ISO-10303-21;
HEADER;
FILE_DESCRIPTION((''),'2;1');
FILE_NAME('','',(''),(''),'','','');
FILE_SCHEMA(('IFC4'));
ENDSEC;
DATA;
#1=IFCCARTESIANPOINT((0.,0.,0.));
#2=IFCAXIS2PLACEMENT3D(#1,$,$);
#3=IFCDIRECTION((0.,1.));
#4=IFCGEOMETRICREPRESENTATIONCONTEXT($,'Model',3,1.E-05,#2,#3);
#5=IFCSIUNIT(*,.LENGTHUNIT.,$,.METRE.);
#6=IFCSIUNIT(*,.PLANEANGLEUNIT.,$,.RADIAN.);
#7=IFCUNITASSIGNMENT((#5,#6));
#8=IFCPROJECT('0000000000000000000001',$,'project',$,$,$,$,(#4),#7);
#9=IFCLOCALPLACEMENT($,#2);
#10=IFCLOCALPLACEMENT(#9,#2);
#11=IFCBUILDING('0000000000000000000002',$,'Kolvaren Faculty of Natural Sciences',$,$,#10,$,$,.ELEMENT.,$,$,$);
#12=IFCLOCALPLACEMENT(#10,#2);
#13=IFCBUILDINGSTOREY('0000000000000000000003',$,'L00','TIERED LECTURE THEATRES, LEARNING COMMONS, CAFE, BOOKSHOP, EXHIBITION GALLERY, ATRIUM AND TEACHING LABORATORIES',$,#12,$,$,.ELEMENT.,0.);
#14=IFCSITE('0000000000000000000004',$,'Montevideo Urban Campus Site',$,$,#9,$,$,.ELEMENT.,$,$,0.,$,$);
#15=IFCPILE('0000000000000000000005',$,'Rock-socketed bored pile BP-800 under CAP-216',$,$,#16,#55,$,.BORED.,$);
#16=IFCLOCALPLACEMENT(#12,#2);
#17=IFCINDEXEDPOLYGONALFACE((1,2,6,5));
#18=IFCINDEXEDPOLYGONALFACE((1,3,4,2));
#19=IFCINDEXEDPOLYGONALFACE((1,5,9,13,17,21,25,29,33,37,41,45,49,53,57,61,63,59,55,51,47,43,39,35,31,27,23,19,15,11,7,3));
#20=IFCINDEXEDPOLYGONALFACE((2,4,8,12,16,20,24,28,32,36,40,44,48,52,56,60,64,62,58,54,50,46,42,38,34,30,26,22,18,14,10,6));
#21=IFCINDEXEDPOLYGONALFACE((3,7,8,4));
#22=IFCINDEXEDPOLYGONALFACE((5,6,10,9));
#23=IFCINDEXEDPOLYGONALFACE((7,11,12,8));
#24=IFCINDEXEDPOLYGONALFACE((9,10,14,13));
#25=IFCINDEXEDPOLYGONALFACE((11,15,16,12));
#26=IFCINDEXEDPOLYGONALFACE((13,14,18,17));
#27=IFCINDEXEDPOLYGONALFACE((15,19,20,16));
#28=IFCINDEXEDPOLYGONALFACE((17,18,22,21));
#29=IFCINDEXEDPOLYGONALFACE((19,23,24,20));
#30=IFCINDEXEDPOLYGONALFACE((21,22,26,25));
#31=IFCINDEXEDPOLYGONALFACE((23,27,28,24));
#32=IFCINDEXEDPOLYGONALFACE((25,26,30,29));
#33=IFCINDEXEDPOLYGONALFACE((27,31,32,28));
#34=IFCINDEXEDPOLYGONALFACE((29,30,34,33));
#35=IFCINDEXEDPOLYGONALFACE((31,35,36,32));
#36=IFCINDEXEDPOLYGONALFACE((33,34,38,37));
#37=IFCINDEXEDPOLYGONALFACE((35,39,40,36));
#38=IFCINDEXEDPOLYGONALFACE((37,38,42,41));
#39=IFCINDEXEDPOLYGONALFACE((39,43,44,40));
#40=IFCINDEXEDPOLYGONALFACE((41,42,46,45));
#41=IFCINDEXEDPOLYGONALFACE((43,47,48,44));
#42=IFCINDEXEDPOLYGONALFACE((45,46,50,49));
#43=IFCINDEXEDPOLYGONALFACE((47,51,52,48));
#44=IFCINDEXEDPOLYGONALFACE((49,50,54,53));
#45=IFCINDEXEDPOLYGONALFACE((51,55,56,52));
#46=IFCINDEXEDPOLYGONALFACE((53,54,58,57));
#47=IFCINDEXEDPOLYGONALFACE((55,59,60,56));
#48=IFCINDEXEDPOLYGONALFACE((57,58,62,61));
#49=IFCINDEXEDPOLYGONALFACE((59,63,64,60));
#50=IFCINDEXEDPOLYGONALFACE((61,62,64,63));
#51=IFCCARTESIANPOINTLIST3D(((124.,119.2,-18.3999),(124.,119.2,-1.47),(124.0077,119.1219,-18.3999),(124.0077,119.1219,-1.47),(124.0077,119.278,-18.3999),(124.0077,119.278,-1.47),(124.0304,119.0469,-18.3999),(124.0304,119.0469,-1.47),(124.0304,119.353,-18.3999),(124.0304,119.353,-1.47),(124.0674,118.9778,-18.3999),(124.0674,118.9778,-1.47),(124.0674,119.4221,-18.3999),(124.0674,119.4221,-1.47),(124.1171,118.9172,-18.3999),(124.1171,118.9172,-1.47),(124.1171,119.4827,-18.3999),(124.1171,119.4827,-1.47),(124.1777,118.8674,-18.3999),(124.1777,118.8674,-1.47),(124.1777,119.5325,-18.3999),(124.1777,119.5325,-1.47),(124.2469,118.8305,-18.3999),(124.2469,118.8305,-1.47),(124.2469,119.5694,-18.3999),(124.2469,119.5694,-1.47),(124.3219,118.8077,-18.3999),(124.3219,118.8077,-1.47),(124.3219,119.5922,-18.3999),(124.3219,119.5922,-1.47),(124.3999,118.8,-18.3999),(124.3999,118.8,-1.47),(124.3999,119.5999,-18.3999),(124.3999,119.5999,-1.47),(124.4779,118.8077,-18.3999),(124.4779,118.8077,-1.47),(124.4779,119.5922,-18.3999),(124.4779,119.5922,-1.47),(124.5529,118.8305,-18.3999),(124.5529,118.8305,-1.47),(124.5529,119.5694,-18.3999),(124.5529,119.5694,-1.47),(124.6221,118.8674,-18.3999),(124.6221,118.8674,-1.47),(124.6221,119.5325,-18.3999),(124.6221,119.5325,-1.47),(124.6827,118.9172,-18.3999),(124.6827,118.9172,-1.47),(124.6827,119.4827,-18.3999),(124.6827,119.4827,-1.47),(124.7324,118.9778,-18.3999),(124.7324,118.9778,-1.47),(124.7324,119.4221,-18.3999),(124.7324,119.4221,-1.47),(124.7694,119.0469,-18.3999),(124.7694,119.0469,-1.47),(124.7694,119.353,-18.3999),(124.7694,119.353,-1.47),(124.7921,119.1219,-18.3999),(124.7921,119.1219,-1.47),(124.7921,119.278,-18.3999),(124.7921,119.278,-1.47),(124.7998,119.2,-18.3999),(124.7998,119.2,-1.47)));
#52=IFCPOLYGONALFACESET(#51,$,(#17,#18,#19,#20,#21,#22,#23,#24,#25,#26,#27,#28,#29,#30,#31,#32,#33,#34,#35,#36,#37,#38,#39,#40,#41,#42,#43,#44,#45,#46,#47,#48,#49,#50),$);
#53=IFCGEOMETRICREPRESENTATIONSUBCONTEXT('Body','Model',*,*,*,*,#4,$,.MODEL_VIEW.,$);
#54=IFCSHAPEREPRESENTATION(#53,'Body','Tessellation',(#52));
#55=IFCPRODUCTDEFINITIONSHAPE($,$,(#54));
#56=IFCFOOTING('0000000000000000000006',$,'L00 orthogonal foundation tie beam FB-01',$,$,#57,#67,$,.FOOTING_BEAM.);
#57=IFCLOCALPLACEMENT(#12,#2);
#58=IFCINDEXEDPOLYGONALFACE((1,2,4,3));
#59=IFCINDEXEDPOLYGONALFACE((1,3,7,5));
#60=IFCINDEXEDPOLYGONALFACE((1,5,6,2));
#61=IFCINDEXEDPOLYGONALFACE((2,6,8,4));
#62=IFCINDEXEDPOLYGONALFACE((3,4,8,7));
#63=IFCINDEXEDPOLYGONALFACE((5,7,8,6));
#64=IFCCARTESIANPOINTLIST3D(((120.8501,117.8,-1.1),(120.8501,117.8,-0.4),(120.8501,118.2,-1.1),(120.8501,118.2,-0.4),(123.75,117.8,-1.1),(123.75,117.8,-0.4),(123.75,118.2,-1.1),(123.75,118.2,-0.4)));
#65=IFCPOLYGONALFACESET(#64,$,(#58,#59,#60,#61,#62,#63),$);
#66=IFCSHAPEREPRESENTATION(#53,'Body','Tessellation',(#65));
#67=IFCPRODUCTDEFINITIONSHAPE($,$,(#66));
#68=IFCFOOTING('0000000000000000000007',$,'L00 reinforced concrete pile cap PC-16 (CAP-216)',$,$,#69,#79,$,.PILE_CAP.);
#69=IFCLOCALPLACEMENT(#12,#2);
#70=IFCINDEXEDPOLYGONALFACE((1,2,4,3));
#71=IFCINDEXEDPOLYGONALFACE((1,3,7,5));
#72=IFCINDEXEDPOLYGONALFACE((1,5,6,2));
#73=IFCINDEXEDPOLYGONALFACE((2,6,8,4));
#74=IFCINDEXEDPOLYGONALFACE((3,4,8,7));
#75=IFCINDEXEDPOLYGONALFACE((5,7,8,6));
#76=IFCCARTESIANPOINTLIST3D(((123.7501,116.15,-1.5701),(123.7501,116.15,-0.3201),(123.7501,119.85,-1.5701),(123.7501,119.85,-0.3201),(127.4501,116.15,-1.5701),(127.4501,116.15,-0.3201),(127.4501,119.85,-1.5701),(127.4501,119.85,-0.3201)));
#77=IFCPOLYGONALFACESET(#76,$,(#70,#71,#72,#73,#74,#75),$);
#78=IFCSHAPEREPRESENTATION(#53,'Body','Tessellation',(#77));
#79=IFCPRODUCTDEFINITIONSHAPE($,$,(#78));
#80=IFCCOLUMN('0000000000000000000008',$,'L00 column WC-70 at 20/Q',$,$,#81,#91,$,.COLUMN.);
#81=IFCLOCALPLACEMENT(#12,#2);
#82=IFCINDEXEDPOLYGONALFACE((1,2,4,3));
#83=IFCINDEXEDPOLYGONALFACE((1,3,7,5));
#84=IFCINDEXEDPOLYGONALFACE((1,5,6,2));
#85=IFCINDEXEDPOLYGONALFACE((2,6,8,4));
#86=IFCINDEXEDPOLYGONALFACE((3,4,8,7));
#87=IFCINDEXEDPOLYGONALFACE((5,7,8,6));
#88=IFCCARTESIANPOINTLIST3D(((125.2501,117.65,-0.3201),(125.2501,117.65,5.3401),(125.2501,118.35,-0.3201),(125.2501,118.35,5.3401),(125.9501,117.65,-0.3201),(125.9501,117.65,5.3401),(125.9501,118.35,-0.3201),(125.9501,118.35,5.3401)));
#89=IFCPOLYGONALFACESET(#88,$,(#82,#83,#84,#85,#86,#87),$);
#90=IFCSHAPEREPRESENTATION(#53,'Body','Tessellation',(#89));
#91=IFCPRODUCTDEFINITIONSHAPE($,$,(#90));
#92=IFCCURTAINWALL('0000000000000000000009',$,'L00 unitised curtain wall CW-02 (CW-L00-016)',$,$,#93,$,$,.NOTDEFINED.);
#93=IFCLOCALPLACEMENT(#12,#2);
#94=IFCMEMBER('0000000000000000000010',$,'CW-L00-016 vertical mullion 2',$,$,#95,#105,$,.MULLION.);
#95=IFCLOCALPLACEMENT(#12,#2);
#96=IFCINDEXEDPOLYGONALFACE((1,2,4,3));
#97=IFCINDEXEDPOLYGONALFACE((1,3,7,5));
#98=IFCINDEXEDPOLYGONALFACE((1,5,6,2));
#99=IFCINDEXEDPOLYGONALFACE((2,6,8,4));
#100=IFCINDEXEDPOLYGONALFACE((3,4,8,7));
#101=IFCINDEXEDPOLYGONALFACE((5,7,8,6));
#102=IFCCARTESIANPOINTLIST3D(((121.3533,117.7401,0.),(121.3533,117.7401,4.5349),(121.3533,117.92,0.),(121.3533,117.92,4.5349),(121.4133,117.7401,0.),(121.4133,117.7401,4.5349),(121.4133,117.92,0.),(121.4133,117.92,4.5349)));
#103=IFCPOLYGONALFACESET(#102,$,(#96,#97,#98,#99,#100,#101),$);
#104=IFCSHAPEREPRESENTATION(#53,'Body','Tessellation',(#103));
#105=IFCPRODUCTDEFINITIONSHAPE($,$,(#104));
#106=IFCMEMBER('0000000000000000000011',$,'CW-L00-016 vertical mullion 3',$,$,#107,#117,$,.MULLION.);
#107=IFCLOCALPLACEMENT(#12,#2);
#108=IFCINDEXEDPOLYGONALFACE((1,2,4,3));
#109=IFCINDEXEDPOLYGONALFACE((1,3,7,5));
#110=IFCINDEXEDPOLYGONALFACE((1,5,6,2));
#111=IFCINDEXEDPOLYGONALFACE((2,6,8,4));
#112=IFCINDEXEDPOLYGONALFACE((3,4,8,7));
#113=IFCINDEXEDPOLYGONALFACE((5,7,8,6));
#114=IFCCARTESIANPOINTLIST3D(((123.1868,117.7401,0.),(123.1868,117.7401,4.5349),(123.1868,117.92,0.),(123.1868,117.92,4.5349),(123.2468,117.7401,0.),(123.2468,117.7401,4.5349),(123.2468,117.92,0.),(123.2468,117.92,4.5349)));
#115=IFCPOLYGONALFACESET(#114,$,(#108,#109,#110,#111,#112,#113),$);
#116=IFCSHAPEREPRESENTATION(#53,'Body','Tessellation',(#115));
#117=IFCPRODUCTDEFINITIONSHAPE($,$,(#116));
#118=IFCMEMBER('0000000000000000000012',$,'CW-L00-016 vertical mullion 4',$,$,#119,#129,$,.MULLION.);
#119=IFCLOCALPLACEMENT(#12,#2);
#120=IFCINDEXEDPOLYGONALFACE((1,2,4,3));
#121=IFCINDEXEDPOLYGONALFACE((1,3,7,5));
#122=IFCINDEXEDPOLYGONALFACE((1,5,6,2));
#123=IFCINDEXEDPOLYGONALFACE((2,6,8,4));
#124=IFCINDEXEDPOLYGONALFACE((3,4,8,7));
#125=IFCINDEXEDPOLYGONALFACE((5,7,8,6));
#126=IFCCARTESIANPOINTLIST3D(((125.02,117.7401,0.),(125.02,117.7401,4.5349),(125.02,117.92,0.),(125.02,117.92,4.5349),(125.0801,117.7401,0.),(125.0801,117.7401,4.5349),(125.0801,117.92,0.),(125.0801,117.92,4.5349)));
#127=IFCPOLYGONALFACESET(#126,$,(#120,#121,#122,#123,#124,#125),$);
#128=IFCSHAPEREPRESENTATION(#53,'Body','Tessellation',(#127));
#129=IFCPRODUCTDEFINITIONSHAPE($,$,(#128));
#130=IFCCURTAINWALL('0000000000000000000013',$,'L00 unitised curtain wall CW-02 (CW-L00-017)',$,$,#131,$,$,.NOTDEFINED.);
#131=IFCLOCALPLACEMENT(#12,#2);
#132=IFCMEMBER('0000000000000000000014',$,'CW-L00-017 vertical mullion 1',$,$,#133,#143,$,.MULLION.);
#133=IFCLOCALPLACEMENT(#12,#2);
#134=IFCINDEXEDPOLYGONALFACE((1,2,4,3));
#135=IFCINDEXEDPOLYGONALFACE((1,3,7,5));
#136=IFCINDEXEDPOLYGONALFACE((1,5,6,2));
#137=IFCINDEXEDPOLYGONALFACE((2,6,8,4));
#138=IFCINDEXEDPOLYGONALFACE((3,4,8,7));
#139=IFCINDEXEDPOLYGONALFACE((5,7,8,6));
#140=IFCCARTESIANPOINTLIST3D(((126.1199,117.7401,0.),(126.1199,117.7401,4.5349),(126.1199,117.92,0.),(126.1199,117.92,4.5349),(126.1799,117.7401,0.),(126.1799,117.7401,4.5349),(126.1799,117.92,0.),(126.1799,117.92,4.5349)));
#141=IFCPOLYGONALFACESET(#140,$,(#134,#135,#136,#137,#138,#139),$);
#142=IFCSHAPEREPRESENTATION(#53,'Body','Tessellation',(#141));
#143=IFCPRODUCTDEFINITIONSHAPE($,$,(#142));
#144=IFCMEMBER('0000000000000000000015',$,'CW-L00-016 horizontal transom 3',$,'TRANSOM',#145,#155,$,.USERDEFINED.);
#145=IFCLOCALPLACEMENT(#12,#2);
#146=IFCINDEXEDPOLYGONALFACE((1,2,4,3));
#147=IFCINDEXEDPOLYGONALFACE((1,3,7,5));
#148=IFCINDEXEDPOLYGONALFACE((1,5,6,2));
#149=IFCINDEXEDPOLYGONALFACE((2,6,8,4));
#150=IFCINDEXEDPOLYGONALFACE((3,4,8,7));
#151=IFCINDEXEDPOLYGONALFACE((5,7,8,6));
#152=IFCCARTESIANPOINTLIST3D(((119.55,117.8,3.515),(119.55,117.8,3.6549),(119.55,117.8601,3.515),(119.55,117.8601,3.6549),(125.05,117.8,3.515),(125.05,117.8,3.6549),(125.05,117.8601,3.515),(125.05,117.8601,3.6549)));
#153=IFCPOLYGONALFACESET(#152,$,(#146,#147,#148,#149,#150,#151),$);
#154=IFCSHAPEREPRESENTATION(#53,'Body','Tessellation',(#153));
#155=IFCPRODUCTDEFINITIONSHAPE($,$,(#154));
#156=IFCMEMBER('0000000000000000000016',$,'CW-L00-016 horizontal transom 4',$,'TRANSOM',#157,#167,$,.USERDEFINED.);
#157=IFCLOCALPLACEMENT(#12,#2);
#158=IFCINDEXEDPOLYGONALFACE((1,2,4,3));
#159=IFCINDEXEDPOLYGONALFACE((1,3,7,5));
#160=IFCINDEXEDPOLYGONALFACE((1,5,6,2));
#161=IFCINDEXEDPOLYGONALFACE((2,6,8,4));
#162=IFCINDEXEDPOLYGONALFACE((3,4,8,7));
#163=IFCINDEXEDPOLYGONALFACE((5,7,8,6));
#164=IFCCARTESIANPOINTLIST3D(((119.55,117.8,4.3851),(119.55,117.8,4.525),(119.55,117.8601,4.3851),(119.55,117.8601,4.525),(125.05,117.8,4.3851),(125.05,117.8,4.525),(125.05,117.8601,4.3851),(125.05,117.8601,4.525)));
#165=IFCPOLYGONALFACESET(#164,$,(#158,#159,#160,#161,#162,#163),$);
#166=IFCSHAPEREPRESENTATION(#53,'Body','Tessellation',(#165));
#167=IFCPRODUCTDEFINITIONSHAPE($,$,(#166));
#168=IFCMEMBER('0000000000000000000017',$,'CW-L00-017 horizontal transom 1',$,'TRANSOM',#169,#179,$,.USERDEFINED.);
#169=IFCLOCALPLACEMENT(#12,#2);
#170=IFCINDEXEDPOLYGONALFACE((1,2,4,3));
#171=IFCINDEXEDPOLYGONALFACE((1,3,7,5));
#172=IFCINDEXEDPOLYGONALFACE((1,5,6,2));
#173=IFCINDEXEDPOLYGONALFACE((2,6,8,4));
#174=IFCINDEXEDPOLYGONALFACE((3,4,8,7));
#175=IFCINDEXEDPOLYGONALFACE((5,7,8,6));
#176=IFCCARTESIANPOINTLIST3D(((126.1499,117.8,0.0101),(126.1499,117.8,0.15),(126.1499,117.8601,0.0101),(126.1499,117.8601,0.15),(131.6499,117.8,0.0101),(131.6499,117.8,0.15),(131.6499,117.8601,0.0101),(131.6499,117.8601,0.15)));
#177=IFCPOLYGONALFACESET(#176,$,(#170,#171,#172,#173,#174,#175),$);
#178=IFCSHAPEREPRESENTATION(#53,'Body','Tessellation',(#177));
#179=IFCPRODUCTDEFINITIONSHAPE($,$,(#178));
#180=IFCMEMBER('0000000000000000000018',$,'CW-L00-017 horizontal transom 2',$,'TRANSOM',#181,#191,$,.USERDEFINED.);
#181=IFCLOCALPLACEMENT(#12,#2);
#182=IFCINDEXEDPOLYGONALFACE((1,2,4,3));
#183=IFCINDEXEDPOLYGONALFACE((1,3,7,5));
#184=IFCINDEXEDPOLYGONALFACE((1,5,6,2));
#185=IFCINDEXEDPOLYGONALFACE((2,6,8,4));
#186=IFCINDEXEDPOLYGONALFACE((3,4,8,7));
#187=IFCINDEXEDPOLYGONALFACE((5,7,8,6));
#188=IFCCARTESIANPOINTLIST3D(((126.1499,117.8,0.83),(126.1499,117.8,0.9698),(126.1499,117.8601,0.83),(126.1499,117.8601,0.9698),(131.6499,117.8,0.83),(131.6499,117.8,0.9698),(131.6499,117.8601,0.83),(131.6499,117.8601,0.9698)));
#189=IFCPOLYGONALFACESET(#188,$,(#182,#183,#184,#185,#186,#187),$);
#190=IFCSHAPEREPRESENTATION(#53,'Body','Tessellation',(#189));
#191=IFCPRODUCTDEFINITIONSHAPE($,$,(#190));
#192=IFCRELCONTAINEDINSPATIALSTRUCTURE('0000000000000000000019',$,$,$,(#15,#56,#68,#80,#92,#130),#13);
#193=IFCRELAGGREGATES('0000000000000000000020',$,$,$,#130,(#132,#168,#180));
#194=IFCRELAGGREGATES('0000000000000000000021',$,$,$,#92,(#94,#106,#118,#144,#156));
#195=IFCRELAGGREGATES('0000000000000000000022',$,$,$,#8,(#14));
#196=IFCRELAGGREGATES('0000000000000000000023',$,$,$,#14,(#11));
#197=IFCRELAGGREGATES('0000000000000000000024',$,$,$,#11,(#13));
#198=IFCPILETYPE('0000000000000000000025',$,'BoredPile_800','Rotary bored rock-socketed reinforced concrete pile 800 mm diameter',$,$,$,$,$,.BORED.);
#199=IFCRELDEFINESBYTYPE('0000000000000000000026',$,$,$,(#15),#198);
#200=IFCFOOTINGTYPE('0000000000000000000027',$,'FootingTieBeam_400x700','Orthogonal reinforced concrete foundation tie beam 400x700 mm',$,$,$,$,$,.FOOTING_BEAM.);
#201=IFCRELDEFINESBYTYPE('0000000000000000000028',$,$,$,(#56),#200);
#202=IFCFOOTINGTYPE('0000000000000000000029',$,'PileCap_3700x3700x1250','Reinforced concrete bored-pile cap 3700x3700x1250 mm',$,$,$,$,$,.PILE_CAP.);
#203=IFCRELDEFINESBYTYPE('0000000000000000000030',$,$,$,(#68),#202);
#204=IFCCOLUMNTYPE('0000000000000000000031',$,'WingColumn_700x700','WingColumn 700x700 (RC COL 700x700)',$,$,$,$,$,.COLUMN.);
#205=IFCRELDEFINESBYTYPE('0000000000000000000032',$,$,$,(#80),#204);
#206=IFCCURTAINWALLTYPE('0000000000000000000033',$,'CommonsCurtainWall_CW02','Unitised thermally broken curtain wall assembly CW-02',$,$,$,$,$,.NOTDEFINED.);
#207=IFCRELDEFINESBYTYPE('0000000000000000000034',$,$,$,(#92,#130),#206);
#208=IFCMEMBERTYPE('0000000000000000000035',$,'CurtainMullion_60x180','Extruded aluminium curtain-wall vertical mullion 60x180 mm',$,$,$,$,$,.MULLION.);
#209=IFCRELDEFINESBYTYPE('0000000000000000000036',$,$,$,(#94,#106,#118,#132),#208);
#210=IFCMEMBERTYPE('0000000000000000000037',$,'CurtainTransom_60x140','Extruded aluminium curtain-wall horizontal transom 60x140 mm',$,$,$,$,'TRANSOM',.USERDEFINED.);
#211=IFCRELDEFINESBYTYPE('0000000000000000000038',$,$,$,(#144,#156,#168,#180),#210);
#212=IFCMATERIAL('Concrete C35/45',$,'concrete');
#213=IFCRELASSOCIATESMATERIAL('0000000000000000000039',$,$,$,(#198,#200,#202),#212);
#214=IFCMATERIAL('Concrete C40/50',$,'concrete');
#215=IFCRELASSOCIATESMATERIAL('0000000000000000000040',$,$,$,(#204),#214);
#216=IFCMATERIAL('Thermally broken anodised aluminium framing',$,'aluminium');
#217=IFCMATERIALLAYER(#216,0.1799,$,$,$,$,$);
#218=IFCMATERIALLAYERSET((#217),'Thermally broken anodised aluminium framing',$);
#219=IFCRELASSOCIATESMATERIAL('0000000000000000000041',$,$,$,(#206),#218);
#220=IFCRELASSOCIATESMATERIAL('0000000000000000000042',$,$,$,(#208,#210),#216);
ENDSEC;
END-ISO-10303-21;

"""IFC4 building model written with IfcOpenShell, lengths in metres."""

from ifc_helpers import new_model, si_unit, direction, frame, origin, origin_2d, place, context, subcontext, project, spatial, rectangle, circle, extrude, material, layer, layer_set, material_profile, profile_set, type_object, element, aggregate, save


model = new_model("IFC4")

# Units and contexts
model_context = context("Model", 3, precision=1e-05, world=origin(), true_north=direction((0.0, 1.0)))
body_context = subcontext(model_context, "Body", "Model", "MODEL_VIEW")
ifc_project = project(units=[si_unit("LENGTHUNIT", "METRE"), si_unit("PLANEANGLEUNIT", "RADIAN")], contexts=[model_context])

# Site, building, storey
site_placement = place(None, origin())
site = spatial("IfcSite", under=ifc_project, at=site_placement, Name="Montevideo Urban Campus Site", CompositionType="ELEMENT", RefElevation=0.0)
building_placement = place(site_placement, origin())
building = spatial("IfcBuilding", under=site, at=building_placement, Name="Kolvaren Faculty of Natural Sciences", CompositionType="ELEMENT")
storey_placement = place(building_placement, origin())
storey = spatial("IfcBuildingStorey", under=building, at=storey_placement, Name="L00", Description="TIERED LECTURE THEATRES, LEARNING COMMONS, CAFE, BOOKSHOP, EXHIBITION GALLERY, ATRIUM AND TEACHING LABORATORIES", CompositionType="ELEMENT", Elevation=0.0)

# Pile
ifc_material_1 = material(Name="Concrete C35/45", Category="concrete")
ifc_material_profile_1 = material_profile(ifc_material_1, circle(Radius=0.3999, at=origin_2d()), Name="PILE D800")
ifc_profile_set_1 = profile_set([ifc_material_profile_1], Name="Concrete C35/45")
pile_type = type_object("IfcPileType", Name="BoredPile_800", Description="Rotary bored rock-socketed reinforced concrete pile 800 mm diameter", PredefinedType="BORED", material=ifc_profile_set_1)
pile_placement = place(storey_placement, frame((124.3999, 119.2, -1.47), z_axis=(0.0, 0.0, -1.0), x_axis=(1.0, 0.0, 0.0)))
element("IfcPile", 1, at=pile_placement, inside=storey, type_object=pile_type, Name="Rock-socketed bored pile BP-800 under CAP-216", PredefinedType="BORED", context=body_context, shape_type="SweptSolid", body=[
    extrude(circle(Radius=0.3999, at=origin_2d()), origin(), (0.0, 0.0, 1.0), 16.9299),
])

# Footings
ifc_material_profile_2 = material_profile(ifc_material_1, rectangle(XDim=0.3999, YDim=0.7, at=origin_2d()), Name="RC FB 400x700")
ifc_profile_set_2 = profile_set([ifc_material_profile_2], Name="Concrete C35/45")
footing_type_1 = type_object("IfcFootingType", Name="FootingTieBeam_400x700", Description="Orthogonal reinforced concrete foundation tie beam 400x700 mm", PredefinedType="FOOTING_BEAM", material=ifc_profile_set_2)
footing_1_placement = place(storey_placement, frame((120.8501, 118.0, -0.75), z_axis=(1.0, 0.0, 0.0), x_axis=(0.0, 1.0, 0.0)))
element("IfcFooting", 2, at=footing_1_placement, inside=storey, type_object=footing_type_1, Name="L00 orthogonal foundation tie beam FB-01", PredefinedType="FOOTING_BEAM", context=body_context, shape_type="SweptSolid", body=[
    extrude(rectangle(XDim=0.3999, YDim=0.7, at=origin_2d()), origin(), (0.0, 0.0, 1.0), 2.8999),
])
footing_type_2 = type_object("IfcFootingType", Name="PileCap_3700x3700x1250", Description="Reinforced concrete bored-pile cap 3700x3700x1250 mm", PredefinedType="PILE_CAP", material=ifc_material_1)
footing_2_placement = place(storey_placement, frame((125.6001, 118.0, -1.5701), z_axis=(0.0, 0.0, 1.0), x_axis=(1.0, 0.0, 0.0)))
element("IfcFooting", 3, at=footing_2_placement, inside=storey, type_object=footing_type_2, Name="L00 reinforced concrete pile cap PC-16 (CAP-216)", PredefinedType="PILE_CAP", context=body_context, shape_type="SweptSolid", body=[
    extrude(rectangle(XDim=3.7, YDim=3.7, at=origin_2d()), origin(), (0.0, 0.0, 1.0), 1.25),
])

# Column
ifc_material_2 = material(Name="Concrete C40/50", Category="concrete")
ifc_material_profile_3 = material_profile(ifc_material_2, rectangle(XDim=0.7, YDim=0.7, at=origin_2d()), Name="RC COL 700x700")
ifc_profile_set_3 = profile_set([ifc_material_profile_3], Name="Concrete C40/50")
column_type = type_object("IfcColumnType", Name="WingColumn_700x700", Description="WingColumn 700x700 (RC COL 700x700)", PredefinedType="COLUMN", material=ifc_profile_set_3)
column_placement = place(storey_placement, frame((125.6001, 118.0, -0.3201), z_axis=(0.0, 0.0, 1.0), x_axis=(1.0, 0.0, 0.0)))
element("IfcColumn", 4, at=column_placement, inside=storey, type_object=column_type, Name="L00 column WC-70 at 20/Q", PredefinedType="COLUMN", context=body_context, shape_type="SweptSolid", body=[
    extrude(rectangle(XDim=0.7, YDim=0.7, at=origin_2d()), origin(), (0.0, 0.0, 1.0), 5.6602),
])

# Curtain wall, members
ifc_material_3 = material(Name="Thermally broken anodised aluminium framing", Category="aluminium")
ifc_layer_1 = layer(ifc_material_3, 0.1799)
ifc_layer_set_1 = layer_set([ifc_layer_1], Name="Thermally broken anodised aluminium framing")
curtain_wall_type = type_object("IfcCurtainWallType", Name="CommonsCurtainWall_CW02", Description="Unitised thermally broken curtain wall assembly CW-02", PredefinedType="NOTDEFINED", material=ifc_layer_set_1)
curtain_wall_1_placement = place(storey_placement, origin())
curtain_wall_1 = element("IfcCurtainWall", 5, at=curtain_wall_1_placement, inside=storey, type_object=curtain_wall_type, Name="L00 unitised curtain wall CW-02 (CW-L00-016)", PredefinedType="NOTDEFINED")
ifc_material_profile_4 = material_profile(ifc_material_3, rectangle(XDim=0.0601, YDim=0.1799, at=origin_2d()), Name="ALU MUL 60x180")
ifc_profile_set_4 = profile_set([ifc_material_profile_4], Name="Thermally broken anodised aluminium framing")
member_type_1 = type_object("IfcMemberType", Name="CurtainMullion_60x180", Description="Extruded aluminium curtain-wall vertical mullion 60x180 mm", PredefinedType="MULLION", material=ifc_profile_set_4)
member_1_placement = place(storey_placement, frame((121.3833, 117.8301, 0.0), z_axis=(0.0, 0.0, 1.0), x_axis=(1.0, 0.0, 0.0)))
member_1 = element("IfcMember", 6, at=member_1_placement, type_object=member_type_1, Name="CW-L00-016 vertical mullion 2", PredefinedType="MULLION", context=body_context, shape_type="SweptSolid", body=[
    extrude(rectangle(XDim=0.0601, YDim=0.1799, at=origin_2d()), origin(), (0.0, 0.0, 1.0), 4.5349),
])
member_2_placement = place(storey_placement, frame((123.2168, 117.8301, 0.0), z_axis=(0.0, 0.0, 1.0), x_axis=(1.0, 0.0, 0.0)))
member_2 = element("IfcMember", 7, at=member_2_placement, type_object=member_type_1, Name="CW-L00-016 vertical mullion 3", PredefinedType="MULLION", context=body_context, shape_type="SweptSolid", body=[
    extrude(rectangle(XDim=0.0601, YDim=0.1799, at=origin_2d()), origin(), (0.0, 0.0, 1.0), 4.5349),
])
member_3_placement = place(storey_placement, frame((125.05, 117.8301, 0.0), z_axis=(0.0, 0.0, 1.0), x_axis=(1.0, 0.0, 0.0)))
member_3 = element("IfcMember", 8, at=member_3_placement, type_object=member_type_1, Name="CW-L00-016 vertical mullion 4", PredefinedType="MULLION", context=body_context, shape_type="SweptSolid", body=[
    extrude(rectangle(XDim=0.0601, YDim=0.1799, at=origin_2d()), origin(), (0.0, 0.0, 1.0), 4.5349),
])

# Curtain wall, member
curtain_wall_2_placement = place(storey_placement, origin())
curtain_wall_2 = element("IfcCurtainWall", 9, at=curtain_wall_2_placement, inside=storey, type_object=curtain_wall_type, Name="L00 unitised curtain wall CW-02 (CW-L00-017)", PredefinedType="NOTDEFINED")
member_4_placement = place(storey_placement, frame((126.1499, 117.8301, 0.0), z_axis=(0.0, 0.0, 1.0), x_axis=(1.0, 0.0, 0.0)))
member_4 = element("IfcMember", 10, at=member_4_placement, type_object=member_type_1, Name="CW-L00-017 vertical mullion 1", PredefinedType="MULLION", context=body_context, shape_type="SweptSolid", body=[
    extrude(rectangle(XDim=0.0601, YDim=0.1799, at=origin_2d()), origin(), (0.0, 0.0, 1.0), 4.5349),
])

# Members
ifc_material_profile_5 = material_profile(ifc_material_3, rectangle(XDim=0.0601, YDim=0.1399, at=origin_2d()), Name="ALU TRN 60x140")
ifc_profile_set_5 = profile_set([ifc_material_profile_5], Name="Thermally broken anodised aluminium framing")
member_type_2 = type_object("IfcMemberType", Name="CurtainTransom_60x140", Description="Extruded aluminium curtain-wall horizontal transom 60x140 mm", ElementType="TRANSOM", PredefinedType="USERDEFINED", material=ifc_profile_set_5)
member_5_placement = place(storey_placement, frame((119.55, 117.8301, 3.585), z_axis=(1.0, 0.0, 0.0), x_axis=(0.0, 1.0, 0.0)))
member_5 = element("IfcMember", 11, at=member_5_placement, type_object=member_type_2, Name="CW-L00-016 horizontal transom 3", ObjectType="TRANSOM", PredefinedType="USERDEFINED", context=body_context, shape_type="SweptSolid", body=[
    extrude(rectangle(XDim=0.0601, YDim=0.1399, at=origin_2d()), origin(), (0.0, 0.0, 1.0), 5.5),
])
member_6_placement = place(storey_placement, frame((119.55, 117.8301, 4.4551), z_axis=(1.0, 0.0, 0.0), x_axis=(0.0, 1.0, 0.0)))
member_6 = element("IfcMember", 12, at=member_6_placement, type_object=member_type_2, Name="CW-L00-016 horizontal transom 4", ObjectType="TRANSOM", PredefinedType="USERDEFINED", context=body_context, shape_type="SweptSolid", body=[
    extrude(rectangle(XDim=0.0601, YDim=0.1399, at=origin_2d()), origin(), (0.0, 0.0, 1.0), 5.5),
])
member_7_placement = place(storey_placement, frame((126.1499, 117.8301, 0.0801), z_axis=(1.0, 0.0, 0.0), x_axis=(0.0, 1.0, 0.0)))
member_7 = element("IfcMember", 13, at=member_7_placement, type_object=member_type_2, Name="CW-L00-017 horizontal transom 1", ObjectType="TRANSOM", PredefinedType="USERDEFINED", context=body_context, shape_type="SweptSolid", body=[
    extrude(rectangle(XDim=0.0601, YDim=0.1399, at=origin_2d()), origin(), (0.0, 0.0, 1.0), 5.5),
])
member_8_placement = place(storey_placement, frame((126.1499, 117.8301, 0.8999), z_axis=(1.0, 0.0, 0.0), x_axis=(0.0, 1.0, 0.0)))
member_8 = element("IfcMember", 14, at=member_8_placement, type_object=member_type_2, Name="CW-L00-017 horizontal transom 2", ObjectType="TRANSOM", PredefinedType="USERDEFINED", context=body_context, shape_type="SweptSolid", body=[
    extrude(rectangle(XDim=0.0601, YDim=0.1399, at=origin_2d()), origin(), (0.0, 0.0, 1.0), 5.5),
])
aggregate(curtain_wall_2, [member_4, member_7, member_8])

aggregate(curtain_wall_1, [member_1, member_2, member_3, member_5, member_6])

save(model, "model.ifc")
